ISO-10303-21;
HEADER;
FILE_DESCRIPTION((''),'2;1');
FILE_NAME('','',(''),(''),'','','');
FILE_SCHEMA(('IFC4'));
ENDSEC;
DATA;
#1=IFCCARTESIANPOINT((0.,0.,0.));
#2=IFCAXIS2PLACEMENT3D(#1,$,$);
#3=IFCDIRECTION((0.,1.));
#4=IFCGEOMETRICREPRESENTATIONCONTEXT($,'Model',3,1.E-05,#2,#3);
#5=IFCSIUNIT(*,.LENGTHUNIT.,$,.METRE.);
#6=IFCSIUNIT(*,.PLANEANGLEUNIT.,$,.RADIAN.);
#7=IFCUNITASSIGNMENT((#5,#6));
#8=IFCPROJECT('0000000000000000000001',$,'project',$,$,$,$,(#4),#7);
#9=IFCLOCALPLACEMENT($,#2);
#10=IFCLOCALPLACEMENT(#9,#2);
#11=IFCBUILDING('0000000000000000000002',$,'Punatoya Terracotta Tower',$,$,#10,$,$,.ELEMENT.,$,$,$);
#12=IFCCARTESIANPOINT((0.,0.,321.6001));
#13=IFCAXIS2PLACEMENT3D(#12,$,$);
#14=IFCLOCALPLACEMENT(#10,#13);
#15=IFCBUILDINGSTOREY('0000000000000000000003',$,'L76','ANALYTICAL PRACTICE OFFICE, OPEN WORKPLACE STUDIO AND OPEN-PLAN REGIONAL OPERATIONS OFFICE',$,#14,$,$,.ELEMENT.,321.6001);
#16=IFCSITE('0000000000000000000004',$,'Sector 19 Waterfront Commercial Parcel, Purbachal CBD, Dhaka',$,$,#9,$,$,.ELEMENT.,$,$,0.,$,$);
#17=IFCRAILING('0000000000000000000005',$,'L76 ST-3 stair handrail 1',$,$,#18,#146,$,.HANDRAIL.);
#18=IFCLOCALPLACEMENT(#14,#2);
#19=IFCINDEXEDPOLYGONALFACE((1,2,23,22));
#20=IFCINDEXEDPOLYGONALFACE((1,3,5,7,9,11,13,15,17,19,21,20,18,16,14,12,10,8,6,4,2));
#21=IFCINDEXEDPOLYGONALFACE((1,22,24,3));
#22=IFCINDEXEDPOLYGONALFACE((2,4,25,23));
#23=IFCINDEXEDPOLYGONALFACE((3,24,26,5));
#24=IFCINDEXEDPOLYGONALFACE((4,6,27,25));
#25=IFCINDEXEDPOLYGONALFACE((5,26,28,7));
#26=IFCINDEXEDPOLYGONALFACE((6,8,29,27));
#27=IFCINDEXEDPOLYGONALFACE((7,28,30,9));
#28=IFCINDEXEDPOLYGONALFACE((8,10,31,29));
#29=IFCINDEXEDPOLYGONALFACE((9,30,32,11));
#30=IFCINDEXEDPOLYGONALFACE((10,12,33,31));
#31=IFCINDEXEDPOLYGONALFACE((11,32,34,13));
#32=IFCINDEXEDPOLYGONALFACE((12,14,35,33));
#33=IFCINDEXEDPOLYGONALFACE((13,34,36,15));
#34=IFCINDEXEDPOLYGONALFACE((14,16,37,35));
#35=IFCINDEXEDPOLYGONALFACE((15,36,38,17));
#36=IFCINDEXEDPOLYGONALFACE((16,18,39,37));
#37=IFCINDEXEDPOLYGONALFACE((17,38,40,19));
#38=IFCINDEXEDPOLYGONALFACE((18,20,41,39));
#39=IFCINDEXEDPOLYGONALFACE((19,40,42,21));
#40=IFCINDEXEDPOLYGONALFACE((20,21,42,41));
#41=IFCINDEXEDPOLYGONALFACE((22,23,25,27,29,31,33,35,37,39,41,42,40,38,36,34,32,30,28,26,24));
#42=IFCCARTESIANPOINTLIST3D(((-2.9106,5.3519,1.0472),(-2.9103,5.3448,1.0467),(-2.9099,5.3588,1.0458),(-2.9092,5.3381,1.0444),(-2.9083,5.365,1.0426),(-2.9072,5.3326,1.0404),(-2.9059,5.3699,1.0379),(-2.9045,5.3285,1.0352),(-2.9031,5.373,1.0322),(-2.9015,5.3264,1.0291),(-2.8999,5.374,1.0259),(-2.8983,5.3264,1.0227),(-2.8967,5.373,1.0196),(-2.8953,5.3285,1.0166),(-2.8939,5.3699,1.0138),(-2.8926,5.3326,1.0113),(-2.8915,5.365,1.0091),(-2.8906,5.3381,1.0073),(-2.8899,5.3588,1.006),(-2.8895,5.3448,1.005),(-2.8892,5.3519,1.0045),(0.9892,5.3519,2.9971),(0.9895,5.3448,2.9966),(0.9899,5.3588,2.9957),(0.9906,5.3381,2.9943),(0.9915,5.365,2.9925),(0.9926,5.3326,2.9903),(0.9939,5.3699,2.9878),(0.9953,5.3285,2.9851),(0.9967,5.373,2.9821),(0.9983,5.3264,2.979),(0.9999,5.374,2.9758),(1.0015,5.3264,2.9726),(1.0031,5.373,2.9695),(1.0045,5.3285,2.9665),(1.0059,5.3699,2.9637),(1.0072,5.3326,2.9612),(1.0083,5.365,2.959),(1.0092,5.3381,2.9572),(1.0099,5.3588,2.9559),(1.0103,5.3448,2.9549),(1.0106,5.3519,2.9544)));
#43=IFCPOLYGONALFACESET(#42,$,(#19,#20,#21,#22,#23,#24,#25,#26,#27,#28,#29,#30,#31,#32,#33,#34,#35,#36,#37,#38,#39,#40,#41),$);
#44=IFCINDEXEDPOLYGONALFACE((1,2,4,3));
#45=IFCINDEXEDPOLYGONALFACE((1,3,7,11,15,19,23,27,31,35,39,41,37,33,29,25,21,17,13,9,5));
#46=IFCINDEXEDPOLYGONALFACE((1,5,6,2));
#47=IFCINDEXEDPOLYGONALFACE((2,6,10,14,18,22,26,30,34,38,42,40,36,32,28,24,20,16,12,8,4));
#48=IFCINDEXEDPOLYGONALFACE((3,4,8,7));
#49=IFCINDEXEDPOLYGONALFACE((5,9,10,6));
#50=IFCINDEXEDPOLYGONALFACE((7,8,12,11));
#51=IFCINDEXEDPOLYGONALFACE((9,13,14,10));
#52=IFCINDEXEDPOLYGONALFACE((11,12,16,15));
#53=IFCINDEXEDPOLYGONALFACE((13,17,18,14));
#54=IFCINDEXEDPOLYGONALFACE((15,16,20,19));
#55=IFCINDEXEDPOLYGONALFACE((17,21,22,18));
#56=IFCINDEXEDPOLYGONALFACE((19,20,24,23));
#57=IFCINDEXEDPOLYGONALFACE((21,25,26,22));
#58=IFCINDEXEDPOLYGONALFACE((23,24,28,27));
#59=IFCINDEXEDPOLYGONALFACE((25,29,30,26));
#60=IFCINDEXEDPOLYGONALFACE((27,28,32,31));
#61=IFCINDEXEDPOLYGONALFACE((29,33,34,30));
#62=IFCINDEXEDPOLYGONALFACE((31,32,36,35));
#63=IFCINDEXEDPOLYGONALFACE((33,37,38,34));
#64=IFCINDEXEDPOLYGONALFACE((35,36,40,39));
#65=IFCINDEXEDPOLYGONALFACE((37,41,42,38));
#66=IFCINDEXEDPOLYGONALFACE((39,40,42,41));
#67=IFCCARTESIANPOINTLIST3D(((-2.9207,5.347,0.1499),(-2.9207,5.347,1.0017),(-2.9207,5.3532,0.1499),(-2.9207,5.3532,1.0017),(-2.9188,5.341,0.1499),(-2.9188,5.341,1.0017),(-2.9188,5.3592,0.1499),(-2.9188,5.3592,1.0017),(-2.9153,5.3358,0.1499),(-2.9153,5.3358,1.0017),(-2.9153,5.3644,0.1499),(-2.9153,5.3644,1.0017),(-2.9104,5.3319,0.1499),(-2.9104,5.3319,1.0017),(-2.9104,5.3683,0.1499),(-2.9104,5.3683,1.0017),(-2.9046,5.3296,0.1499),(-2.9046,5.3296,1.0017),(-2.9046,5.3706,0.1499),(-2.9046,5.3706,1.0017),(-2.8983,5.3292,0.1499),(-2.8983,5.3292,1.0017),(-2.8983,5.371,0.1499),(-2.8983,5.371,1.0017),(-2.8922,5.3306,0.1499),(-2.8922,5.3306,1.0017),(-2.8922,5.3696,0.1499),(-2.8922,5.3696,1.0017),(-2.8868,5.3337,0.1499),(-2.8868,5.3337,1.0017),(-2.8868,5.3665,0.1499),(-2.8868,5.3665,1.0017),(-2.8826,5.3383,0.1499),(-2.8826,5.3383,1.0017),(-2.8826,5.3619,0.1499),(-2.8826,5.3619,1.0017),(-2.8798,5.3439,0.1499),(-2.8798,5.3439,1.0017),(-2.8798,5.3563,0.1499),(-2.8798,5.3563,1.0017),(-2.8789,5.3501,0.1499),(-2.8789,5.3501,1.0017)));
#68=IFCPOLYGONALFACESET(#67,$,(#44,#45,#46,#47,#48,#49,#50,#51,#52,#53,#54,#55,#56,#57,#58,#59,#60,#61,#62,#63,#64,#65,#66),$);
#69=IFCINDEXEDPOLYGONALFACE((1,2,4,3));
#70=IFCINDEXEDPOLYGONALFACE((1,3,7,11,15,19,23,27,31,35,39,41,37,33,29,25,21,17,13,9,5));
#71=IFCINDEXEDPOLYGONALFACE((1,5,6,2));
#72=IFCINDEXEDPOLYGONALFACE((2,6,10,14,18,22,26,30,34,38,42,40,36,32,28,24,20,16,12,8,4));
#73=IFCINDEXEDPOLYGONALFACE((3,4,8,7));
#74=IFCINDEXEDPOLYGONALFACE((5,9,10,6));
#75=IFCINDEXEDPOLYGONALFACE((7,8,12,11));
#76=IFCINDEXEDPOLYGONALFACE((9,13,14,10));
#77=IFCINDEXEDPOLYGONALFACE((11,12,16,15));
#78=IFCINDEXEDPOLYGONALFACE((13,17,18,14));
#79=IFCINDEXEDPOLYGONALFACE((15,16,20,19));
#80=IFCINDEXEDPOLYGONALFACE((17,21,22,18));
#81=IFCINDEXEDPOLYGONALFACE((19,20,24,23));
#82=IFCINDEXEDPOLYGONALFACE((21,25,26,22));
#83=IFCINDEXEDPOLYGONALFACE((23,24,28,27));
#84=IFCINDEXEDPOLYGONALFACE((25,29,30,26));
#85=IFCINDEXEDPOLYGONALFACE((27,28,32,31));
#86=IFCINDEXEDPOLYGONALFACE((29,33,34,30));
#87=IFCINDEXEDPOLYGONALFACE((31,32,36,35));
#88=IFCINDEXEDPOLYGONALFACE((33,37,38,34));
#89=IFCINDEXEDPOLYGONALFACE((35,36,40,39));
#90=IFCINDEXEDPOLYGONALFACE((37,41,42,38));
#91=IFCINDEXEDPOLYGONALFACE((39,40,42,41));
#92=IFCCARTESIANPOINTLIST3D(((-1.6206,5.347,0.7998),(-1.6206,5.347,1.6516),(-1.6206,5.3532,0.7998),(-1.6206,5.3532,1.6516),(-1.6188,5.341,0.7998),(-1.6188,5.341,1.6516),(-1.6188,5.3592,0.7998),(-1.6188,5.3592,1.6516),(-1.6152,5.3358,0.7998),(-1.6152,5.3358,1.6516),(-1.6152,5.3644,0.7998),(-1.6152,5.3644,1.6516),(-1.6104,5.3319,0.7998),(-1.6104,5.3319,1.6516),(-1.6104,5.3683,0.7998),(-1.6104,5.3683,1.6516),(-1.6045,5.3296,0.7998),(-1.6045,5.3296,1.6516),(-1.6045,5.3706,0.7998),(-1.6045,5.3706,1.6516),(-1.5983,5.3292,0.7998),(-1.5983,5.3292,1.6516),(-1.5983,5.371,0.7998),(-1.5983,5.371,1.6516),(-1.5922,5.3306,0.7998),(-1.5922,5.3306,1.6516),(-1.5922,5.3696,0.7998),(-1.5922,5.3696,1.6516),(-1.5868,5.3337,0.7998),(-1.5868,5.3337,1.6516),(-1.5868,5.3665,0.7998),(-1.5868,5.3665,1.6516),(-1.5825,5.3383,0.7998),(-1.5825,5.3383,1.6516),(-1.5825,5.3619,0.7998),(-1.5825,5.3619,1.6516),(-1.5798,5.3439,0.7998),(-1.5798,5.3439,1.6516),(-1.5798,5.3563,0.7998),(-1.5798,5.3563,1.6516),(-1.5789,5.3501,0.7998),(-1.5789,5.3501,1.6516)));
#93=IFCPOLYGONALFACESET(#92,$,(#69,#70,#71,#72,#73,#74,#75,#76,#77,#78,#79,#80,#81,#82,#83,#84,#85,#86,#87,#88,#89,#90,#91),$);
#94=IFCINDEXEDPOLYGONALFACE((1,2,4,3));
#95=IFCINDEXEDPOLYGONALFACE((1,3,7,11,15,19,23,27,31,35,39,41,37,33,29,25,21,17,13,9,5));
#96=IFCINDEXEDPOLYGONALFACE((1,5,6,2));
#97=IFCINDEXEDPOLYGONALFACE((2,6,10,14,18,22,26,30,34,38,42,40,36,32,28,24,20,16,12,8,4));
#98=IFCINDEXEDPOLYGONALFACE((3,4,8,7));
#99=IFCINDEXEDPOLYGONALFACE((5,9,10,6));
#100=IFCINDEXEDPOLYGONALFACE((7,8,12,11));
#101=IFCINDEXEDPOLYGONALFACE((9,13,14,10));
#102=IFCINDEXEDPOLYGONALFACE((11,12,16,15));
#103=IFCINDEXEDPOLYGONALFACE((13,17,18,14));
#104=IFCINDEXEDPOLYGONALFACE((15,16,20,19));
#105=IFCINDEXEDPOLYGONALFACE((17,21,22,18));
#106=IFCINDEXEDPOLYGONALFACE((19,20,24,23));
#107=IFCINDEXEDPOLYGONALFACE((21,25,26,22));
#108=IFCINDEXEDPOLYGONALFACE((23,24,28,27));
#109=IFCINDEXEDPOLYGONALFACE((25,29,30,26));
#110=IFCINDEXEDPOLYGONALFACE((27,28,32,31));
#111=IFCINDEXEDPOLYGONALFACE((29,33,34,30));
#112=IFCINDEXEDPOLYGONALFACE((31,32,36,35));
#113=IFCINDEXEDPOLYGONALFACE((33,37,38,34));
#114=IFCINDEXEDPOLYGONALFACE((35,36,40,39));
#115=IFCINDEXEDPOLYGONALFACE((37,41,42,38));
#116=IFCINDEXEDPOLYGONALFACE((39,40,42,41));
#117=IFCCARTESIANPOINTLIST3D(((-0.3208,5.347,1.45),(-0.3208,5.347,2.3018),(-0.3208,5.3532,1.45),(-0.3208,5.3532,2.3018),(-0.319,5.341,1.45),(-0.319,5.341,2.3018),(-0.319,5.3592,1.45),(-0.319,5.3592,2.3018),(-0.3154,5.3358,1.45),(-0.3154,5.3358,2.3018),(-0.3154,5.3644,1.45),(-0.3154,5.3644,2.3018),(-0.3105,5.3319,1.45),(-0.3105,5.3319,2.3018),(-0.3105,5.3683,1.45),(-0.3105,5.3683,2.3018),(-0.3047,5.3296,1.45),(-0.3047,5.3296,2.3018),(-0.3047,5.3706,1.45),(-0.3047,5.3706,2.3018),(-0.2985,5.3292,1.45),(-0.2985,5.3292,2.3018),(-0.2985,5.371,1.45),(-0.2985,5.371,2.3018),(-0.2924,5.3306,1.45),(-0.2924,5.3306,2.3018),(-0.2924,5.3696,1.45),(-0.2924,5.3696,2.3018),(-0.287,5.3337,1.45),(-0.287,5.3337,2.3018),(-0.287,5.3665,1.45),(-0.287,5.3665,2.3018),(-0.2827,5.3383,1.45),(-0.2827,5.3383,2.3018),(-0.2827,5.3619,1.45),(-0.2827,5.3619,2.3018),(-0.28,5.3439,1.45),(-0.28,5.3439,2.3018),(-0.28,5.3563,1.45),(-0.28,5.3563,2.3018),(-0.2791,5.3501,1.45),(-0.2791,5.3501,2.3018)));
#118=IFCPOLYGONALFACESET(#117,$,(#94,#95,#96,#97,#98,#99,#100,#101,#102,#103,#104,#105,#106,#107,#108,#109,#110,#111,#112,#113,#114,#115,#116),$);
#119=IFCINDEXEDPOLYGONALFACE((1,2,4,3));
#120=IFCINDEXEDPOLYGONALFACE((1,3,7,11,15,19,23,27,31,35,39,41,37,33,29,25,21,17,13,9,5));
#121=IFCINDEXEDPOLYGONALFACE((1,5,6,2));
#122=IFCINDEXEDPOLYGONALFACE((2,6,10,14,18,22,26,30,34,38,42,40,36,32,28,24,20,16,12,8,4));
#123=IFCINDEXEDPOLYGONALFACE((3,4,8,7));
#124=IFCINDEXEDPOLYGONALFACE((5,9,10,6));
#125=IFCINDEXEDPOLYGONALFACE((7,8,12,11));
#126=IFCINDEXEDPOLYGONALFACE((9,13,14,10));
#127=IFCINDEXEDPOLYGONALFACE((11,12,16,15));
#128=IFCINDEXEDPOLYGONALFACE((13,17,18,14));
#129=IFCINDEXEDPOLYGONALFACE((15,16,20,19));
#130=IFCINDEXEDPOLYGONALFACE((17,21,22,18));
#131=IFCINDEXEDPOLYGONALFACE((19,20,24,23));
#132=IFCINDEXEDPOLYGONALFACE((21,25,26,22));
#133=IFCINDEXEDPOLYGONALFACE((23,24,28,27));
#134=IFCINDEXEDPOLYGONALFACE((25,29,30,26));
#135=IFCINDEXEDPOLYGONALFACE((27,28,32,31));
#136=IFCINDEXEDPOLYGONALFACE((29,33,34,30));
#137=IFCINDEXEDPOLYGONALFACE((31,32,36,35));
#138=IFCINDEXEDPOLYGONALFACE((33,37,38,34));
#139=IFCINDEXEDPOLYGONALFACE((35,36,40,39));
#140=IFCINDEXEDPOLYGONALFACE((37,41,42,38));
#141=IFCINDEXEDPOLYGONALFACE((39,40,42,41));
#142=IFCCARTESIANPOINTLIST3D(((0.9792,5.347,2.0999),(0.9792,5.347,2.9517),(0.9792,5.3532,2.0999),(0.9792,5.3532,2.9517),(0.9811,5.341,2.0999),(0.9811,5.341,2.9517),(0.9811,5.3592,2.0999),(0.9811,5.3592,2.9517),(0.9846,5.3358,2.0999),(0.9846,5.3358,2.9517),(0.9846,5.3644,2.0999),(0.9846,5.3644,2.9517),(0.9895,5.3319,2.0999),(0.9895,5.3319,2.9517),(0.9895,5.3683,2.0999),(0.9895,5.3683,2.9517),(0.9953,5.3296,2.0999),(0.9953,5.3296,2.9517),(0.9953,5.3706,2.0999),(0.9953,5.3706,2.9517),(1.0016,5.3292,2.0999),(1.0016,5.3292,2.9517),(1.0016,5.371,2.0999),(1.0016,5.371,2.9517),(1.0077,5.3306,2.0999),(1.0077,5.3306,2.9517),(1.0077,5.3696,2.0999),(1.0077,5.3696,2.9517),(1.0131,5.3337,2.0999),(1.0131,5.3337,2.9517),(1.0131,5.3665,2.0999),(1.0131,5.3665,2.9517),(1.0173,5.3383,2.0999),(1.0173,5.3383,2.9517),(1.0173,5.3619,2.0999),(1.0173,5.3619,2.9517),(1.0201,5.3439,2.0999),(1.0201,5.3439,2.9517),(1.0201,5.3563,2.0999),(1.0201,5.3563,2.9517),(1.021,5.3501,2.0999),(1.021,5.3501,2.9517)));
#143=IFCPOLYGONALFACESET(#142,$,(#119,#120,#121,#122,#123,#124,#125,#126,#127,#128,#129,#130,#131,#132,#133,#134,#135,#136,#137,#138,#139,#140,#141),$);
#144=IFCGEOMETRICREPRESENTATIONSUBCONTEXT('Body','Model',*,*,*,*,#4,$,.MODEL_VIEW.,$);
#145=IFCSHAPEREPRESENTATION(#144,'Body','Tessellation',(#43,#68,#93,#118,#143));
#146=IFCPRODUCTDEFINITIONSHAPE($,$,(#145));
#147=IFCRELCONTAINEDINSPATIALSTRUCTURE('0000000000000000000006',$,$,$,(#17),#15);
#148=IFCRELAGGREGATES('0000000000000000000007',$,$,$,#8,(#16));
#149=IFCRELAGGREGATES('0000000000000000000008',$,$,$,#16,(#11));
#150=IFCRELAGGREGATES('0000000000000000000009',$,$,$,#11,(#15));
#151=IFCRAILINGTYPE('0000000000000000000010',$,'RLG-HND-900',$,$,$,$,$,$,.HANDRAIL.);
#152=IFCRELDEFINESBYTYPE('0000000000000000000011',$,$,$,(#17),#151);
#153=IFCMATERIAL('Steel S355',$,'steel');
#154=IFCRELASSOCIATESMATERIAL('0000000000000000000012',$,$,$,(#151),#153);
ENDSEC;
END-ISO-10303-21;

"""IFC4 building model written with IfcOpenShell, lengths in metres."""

from ifc_helpers import new_model, si_unit, direction, frame, origin, origin_2d, place, context, subcontext, project, spatial, circle, extrude, material, type_object, element, save


model = new_model("IFC4")

# Units and contexts
model_context = context("Model", 3, precision=1e-05, world=origin(), true_north=direction((0.0, 1.0)))
body_context = subcontext(model_context, "Body", "Model", "MODEL_VIEW")
ifc_project = project(units=[si_unit("LENGTHUNIT", "METRE"), si_unit("PLANEANGLEUNIT", "RADIAN")], contexts=[model_context])

# Site, building, storey
site_placement = place(None, origin())
site = spatial("IfcSite", under=ifc_project, at=site_placement, Name="Sector 19 Waterfront Commercial Parcel, Purbachal CBD, Dhaka", CompositionType="ELEMENT", RefElevation=0.0)
building_placement = place(site_placement, origin())
building = spatial("IfcBuilding", under=site, at=building_placement, Name="Punatoya Terracotta Tower", CompositionType="ELEMENT")
storey_placement = place(building_placement, frame((0.0, 0.0, 321.6001)))
storey = spatial("IfcBuildingStorey", under=building, at=storey_placement, Name="L76", Description="ANALYTICAL PRACTICE OFFICE, OPEN WORKPLACE STUDIO AND OPEN-PLAN REGIONAL OPERATIONS OFFICE", CompositionType="ELEMENT", Elevation=321.6001)

# Shared definitions
ifc_material_1 = material(Name="Steel S355", Category="steel")

# Railing
railing_type_1 = type_object("IfcRailingType", Name="RLG-HND-900", PredefinedType="HANDRAIL", material=ifc_material_1)
railing_1_placement = place(storey_placement, frame((-2.8999, 5.3501, 0.1499)))
element("IfcRailing", 1, at=railing_1_placement, inside=storey, type_object=railing_type_1, Name="L76 ST-3 stair handrail 1", PredefinedType="HANDRAIL", context=body_context, shape_type="SweptSolid", body=[
    extrude(circle(Radius=0.0239, at=origin_2d()), frame((0.0, 0.0, 0.876), z_axis=(0.894427, 0.0, 0.447214), x_axis=(0.0, 1.0, 0.0)), (0.0, 0.0, 1.0), 4.3601),
    extrude(circle(Radius=0.021, at=origin_2d()), origin(), (0.0, 0.0, 1.0), 0.8518),
    extrude(circle(Radius=0.021, at=origin_2d()), frame((1.3, 0.0, 0.6499)), (0.0, 0.0, 1.0), 0.8518),
    extrude(circle(Radius=0.021, at=origin_2d()), frame((2.5999, 0.0, 1.3)), (0.0, 0.0, 1.0), 0.8518),
    extrude(circle(Radius=0.021, at=origin_2d()), frame((3.8999, 0.0, 1.95)), (0.0, 0.0, 1.0), 0.8518),
])

save(model, "model.ifc")
